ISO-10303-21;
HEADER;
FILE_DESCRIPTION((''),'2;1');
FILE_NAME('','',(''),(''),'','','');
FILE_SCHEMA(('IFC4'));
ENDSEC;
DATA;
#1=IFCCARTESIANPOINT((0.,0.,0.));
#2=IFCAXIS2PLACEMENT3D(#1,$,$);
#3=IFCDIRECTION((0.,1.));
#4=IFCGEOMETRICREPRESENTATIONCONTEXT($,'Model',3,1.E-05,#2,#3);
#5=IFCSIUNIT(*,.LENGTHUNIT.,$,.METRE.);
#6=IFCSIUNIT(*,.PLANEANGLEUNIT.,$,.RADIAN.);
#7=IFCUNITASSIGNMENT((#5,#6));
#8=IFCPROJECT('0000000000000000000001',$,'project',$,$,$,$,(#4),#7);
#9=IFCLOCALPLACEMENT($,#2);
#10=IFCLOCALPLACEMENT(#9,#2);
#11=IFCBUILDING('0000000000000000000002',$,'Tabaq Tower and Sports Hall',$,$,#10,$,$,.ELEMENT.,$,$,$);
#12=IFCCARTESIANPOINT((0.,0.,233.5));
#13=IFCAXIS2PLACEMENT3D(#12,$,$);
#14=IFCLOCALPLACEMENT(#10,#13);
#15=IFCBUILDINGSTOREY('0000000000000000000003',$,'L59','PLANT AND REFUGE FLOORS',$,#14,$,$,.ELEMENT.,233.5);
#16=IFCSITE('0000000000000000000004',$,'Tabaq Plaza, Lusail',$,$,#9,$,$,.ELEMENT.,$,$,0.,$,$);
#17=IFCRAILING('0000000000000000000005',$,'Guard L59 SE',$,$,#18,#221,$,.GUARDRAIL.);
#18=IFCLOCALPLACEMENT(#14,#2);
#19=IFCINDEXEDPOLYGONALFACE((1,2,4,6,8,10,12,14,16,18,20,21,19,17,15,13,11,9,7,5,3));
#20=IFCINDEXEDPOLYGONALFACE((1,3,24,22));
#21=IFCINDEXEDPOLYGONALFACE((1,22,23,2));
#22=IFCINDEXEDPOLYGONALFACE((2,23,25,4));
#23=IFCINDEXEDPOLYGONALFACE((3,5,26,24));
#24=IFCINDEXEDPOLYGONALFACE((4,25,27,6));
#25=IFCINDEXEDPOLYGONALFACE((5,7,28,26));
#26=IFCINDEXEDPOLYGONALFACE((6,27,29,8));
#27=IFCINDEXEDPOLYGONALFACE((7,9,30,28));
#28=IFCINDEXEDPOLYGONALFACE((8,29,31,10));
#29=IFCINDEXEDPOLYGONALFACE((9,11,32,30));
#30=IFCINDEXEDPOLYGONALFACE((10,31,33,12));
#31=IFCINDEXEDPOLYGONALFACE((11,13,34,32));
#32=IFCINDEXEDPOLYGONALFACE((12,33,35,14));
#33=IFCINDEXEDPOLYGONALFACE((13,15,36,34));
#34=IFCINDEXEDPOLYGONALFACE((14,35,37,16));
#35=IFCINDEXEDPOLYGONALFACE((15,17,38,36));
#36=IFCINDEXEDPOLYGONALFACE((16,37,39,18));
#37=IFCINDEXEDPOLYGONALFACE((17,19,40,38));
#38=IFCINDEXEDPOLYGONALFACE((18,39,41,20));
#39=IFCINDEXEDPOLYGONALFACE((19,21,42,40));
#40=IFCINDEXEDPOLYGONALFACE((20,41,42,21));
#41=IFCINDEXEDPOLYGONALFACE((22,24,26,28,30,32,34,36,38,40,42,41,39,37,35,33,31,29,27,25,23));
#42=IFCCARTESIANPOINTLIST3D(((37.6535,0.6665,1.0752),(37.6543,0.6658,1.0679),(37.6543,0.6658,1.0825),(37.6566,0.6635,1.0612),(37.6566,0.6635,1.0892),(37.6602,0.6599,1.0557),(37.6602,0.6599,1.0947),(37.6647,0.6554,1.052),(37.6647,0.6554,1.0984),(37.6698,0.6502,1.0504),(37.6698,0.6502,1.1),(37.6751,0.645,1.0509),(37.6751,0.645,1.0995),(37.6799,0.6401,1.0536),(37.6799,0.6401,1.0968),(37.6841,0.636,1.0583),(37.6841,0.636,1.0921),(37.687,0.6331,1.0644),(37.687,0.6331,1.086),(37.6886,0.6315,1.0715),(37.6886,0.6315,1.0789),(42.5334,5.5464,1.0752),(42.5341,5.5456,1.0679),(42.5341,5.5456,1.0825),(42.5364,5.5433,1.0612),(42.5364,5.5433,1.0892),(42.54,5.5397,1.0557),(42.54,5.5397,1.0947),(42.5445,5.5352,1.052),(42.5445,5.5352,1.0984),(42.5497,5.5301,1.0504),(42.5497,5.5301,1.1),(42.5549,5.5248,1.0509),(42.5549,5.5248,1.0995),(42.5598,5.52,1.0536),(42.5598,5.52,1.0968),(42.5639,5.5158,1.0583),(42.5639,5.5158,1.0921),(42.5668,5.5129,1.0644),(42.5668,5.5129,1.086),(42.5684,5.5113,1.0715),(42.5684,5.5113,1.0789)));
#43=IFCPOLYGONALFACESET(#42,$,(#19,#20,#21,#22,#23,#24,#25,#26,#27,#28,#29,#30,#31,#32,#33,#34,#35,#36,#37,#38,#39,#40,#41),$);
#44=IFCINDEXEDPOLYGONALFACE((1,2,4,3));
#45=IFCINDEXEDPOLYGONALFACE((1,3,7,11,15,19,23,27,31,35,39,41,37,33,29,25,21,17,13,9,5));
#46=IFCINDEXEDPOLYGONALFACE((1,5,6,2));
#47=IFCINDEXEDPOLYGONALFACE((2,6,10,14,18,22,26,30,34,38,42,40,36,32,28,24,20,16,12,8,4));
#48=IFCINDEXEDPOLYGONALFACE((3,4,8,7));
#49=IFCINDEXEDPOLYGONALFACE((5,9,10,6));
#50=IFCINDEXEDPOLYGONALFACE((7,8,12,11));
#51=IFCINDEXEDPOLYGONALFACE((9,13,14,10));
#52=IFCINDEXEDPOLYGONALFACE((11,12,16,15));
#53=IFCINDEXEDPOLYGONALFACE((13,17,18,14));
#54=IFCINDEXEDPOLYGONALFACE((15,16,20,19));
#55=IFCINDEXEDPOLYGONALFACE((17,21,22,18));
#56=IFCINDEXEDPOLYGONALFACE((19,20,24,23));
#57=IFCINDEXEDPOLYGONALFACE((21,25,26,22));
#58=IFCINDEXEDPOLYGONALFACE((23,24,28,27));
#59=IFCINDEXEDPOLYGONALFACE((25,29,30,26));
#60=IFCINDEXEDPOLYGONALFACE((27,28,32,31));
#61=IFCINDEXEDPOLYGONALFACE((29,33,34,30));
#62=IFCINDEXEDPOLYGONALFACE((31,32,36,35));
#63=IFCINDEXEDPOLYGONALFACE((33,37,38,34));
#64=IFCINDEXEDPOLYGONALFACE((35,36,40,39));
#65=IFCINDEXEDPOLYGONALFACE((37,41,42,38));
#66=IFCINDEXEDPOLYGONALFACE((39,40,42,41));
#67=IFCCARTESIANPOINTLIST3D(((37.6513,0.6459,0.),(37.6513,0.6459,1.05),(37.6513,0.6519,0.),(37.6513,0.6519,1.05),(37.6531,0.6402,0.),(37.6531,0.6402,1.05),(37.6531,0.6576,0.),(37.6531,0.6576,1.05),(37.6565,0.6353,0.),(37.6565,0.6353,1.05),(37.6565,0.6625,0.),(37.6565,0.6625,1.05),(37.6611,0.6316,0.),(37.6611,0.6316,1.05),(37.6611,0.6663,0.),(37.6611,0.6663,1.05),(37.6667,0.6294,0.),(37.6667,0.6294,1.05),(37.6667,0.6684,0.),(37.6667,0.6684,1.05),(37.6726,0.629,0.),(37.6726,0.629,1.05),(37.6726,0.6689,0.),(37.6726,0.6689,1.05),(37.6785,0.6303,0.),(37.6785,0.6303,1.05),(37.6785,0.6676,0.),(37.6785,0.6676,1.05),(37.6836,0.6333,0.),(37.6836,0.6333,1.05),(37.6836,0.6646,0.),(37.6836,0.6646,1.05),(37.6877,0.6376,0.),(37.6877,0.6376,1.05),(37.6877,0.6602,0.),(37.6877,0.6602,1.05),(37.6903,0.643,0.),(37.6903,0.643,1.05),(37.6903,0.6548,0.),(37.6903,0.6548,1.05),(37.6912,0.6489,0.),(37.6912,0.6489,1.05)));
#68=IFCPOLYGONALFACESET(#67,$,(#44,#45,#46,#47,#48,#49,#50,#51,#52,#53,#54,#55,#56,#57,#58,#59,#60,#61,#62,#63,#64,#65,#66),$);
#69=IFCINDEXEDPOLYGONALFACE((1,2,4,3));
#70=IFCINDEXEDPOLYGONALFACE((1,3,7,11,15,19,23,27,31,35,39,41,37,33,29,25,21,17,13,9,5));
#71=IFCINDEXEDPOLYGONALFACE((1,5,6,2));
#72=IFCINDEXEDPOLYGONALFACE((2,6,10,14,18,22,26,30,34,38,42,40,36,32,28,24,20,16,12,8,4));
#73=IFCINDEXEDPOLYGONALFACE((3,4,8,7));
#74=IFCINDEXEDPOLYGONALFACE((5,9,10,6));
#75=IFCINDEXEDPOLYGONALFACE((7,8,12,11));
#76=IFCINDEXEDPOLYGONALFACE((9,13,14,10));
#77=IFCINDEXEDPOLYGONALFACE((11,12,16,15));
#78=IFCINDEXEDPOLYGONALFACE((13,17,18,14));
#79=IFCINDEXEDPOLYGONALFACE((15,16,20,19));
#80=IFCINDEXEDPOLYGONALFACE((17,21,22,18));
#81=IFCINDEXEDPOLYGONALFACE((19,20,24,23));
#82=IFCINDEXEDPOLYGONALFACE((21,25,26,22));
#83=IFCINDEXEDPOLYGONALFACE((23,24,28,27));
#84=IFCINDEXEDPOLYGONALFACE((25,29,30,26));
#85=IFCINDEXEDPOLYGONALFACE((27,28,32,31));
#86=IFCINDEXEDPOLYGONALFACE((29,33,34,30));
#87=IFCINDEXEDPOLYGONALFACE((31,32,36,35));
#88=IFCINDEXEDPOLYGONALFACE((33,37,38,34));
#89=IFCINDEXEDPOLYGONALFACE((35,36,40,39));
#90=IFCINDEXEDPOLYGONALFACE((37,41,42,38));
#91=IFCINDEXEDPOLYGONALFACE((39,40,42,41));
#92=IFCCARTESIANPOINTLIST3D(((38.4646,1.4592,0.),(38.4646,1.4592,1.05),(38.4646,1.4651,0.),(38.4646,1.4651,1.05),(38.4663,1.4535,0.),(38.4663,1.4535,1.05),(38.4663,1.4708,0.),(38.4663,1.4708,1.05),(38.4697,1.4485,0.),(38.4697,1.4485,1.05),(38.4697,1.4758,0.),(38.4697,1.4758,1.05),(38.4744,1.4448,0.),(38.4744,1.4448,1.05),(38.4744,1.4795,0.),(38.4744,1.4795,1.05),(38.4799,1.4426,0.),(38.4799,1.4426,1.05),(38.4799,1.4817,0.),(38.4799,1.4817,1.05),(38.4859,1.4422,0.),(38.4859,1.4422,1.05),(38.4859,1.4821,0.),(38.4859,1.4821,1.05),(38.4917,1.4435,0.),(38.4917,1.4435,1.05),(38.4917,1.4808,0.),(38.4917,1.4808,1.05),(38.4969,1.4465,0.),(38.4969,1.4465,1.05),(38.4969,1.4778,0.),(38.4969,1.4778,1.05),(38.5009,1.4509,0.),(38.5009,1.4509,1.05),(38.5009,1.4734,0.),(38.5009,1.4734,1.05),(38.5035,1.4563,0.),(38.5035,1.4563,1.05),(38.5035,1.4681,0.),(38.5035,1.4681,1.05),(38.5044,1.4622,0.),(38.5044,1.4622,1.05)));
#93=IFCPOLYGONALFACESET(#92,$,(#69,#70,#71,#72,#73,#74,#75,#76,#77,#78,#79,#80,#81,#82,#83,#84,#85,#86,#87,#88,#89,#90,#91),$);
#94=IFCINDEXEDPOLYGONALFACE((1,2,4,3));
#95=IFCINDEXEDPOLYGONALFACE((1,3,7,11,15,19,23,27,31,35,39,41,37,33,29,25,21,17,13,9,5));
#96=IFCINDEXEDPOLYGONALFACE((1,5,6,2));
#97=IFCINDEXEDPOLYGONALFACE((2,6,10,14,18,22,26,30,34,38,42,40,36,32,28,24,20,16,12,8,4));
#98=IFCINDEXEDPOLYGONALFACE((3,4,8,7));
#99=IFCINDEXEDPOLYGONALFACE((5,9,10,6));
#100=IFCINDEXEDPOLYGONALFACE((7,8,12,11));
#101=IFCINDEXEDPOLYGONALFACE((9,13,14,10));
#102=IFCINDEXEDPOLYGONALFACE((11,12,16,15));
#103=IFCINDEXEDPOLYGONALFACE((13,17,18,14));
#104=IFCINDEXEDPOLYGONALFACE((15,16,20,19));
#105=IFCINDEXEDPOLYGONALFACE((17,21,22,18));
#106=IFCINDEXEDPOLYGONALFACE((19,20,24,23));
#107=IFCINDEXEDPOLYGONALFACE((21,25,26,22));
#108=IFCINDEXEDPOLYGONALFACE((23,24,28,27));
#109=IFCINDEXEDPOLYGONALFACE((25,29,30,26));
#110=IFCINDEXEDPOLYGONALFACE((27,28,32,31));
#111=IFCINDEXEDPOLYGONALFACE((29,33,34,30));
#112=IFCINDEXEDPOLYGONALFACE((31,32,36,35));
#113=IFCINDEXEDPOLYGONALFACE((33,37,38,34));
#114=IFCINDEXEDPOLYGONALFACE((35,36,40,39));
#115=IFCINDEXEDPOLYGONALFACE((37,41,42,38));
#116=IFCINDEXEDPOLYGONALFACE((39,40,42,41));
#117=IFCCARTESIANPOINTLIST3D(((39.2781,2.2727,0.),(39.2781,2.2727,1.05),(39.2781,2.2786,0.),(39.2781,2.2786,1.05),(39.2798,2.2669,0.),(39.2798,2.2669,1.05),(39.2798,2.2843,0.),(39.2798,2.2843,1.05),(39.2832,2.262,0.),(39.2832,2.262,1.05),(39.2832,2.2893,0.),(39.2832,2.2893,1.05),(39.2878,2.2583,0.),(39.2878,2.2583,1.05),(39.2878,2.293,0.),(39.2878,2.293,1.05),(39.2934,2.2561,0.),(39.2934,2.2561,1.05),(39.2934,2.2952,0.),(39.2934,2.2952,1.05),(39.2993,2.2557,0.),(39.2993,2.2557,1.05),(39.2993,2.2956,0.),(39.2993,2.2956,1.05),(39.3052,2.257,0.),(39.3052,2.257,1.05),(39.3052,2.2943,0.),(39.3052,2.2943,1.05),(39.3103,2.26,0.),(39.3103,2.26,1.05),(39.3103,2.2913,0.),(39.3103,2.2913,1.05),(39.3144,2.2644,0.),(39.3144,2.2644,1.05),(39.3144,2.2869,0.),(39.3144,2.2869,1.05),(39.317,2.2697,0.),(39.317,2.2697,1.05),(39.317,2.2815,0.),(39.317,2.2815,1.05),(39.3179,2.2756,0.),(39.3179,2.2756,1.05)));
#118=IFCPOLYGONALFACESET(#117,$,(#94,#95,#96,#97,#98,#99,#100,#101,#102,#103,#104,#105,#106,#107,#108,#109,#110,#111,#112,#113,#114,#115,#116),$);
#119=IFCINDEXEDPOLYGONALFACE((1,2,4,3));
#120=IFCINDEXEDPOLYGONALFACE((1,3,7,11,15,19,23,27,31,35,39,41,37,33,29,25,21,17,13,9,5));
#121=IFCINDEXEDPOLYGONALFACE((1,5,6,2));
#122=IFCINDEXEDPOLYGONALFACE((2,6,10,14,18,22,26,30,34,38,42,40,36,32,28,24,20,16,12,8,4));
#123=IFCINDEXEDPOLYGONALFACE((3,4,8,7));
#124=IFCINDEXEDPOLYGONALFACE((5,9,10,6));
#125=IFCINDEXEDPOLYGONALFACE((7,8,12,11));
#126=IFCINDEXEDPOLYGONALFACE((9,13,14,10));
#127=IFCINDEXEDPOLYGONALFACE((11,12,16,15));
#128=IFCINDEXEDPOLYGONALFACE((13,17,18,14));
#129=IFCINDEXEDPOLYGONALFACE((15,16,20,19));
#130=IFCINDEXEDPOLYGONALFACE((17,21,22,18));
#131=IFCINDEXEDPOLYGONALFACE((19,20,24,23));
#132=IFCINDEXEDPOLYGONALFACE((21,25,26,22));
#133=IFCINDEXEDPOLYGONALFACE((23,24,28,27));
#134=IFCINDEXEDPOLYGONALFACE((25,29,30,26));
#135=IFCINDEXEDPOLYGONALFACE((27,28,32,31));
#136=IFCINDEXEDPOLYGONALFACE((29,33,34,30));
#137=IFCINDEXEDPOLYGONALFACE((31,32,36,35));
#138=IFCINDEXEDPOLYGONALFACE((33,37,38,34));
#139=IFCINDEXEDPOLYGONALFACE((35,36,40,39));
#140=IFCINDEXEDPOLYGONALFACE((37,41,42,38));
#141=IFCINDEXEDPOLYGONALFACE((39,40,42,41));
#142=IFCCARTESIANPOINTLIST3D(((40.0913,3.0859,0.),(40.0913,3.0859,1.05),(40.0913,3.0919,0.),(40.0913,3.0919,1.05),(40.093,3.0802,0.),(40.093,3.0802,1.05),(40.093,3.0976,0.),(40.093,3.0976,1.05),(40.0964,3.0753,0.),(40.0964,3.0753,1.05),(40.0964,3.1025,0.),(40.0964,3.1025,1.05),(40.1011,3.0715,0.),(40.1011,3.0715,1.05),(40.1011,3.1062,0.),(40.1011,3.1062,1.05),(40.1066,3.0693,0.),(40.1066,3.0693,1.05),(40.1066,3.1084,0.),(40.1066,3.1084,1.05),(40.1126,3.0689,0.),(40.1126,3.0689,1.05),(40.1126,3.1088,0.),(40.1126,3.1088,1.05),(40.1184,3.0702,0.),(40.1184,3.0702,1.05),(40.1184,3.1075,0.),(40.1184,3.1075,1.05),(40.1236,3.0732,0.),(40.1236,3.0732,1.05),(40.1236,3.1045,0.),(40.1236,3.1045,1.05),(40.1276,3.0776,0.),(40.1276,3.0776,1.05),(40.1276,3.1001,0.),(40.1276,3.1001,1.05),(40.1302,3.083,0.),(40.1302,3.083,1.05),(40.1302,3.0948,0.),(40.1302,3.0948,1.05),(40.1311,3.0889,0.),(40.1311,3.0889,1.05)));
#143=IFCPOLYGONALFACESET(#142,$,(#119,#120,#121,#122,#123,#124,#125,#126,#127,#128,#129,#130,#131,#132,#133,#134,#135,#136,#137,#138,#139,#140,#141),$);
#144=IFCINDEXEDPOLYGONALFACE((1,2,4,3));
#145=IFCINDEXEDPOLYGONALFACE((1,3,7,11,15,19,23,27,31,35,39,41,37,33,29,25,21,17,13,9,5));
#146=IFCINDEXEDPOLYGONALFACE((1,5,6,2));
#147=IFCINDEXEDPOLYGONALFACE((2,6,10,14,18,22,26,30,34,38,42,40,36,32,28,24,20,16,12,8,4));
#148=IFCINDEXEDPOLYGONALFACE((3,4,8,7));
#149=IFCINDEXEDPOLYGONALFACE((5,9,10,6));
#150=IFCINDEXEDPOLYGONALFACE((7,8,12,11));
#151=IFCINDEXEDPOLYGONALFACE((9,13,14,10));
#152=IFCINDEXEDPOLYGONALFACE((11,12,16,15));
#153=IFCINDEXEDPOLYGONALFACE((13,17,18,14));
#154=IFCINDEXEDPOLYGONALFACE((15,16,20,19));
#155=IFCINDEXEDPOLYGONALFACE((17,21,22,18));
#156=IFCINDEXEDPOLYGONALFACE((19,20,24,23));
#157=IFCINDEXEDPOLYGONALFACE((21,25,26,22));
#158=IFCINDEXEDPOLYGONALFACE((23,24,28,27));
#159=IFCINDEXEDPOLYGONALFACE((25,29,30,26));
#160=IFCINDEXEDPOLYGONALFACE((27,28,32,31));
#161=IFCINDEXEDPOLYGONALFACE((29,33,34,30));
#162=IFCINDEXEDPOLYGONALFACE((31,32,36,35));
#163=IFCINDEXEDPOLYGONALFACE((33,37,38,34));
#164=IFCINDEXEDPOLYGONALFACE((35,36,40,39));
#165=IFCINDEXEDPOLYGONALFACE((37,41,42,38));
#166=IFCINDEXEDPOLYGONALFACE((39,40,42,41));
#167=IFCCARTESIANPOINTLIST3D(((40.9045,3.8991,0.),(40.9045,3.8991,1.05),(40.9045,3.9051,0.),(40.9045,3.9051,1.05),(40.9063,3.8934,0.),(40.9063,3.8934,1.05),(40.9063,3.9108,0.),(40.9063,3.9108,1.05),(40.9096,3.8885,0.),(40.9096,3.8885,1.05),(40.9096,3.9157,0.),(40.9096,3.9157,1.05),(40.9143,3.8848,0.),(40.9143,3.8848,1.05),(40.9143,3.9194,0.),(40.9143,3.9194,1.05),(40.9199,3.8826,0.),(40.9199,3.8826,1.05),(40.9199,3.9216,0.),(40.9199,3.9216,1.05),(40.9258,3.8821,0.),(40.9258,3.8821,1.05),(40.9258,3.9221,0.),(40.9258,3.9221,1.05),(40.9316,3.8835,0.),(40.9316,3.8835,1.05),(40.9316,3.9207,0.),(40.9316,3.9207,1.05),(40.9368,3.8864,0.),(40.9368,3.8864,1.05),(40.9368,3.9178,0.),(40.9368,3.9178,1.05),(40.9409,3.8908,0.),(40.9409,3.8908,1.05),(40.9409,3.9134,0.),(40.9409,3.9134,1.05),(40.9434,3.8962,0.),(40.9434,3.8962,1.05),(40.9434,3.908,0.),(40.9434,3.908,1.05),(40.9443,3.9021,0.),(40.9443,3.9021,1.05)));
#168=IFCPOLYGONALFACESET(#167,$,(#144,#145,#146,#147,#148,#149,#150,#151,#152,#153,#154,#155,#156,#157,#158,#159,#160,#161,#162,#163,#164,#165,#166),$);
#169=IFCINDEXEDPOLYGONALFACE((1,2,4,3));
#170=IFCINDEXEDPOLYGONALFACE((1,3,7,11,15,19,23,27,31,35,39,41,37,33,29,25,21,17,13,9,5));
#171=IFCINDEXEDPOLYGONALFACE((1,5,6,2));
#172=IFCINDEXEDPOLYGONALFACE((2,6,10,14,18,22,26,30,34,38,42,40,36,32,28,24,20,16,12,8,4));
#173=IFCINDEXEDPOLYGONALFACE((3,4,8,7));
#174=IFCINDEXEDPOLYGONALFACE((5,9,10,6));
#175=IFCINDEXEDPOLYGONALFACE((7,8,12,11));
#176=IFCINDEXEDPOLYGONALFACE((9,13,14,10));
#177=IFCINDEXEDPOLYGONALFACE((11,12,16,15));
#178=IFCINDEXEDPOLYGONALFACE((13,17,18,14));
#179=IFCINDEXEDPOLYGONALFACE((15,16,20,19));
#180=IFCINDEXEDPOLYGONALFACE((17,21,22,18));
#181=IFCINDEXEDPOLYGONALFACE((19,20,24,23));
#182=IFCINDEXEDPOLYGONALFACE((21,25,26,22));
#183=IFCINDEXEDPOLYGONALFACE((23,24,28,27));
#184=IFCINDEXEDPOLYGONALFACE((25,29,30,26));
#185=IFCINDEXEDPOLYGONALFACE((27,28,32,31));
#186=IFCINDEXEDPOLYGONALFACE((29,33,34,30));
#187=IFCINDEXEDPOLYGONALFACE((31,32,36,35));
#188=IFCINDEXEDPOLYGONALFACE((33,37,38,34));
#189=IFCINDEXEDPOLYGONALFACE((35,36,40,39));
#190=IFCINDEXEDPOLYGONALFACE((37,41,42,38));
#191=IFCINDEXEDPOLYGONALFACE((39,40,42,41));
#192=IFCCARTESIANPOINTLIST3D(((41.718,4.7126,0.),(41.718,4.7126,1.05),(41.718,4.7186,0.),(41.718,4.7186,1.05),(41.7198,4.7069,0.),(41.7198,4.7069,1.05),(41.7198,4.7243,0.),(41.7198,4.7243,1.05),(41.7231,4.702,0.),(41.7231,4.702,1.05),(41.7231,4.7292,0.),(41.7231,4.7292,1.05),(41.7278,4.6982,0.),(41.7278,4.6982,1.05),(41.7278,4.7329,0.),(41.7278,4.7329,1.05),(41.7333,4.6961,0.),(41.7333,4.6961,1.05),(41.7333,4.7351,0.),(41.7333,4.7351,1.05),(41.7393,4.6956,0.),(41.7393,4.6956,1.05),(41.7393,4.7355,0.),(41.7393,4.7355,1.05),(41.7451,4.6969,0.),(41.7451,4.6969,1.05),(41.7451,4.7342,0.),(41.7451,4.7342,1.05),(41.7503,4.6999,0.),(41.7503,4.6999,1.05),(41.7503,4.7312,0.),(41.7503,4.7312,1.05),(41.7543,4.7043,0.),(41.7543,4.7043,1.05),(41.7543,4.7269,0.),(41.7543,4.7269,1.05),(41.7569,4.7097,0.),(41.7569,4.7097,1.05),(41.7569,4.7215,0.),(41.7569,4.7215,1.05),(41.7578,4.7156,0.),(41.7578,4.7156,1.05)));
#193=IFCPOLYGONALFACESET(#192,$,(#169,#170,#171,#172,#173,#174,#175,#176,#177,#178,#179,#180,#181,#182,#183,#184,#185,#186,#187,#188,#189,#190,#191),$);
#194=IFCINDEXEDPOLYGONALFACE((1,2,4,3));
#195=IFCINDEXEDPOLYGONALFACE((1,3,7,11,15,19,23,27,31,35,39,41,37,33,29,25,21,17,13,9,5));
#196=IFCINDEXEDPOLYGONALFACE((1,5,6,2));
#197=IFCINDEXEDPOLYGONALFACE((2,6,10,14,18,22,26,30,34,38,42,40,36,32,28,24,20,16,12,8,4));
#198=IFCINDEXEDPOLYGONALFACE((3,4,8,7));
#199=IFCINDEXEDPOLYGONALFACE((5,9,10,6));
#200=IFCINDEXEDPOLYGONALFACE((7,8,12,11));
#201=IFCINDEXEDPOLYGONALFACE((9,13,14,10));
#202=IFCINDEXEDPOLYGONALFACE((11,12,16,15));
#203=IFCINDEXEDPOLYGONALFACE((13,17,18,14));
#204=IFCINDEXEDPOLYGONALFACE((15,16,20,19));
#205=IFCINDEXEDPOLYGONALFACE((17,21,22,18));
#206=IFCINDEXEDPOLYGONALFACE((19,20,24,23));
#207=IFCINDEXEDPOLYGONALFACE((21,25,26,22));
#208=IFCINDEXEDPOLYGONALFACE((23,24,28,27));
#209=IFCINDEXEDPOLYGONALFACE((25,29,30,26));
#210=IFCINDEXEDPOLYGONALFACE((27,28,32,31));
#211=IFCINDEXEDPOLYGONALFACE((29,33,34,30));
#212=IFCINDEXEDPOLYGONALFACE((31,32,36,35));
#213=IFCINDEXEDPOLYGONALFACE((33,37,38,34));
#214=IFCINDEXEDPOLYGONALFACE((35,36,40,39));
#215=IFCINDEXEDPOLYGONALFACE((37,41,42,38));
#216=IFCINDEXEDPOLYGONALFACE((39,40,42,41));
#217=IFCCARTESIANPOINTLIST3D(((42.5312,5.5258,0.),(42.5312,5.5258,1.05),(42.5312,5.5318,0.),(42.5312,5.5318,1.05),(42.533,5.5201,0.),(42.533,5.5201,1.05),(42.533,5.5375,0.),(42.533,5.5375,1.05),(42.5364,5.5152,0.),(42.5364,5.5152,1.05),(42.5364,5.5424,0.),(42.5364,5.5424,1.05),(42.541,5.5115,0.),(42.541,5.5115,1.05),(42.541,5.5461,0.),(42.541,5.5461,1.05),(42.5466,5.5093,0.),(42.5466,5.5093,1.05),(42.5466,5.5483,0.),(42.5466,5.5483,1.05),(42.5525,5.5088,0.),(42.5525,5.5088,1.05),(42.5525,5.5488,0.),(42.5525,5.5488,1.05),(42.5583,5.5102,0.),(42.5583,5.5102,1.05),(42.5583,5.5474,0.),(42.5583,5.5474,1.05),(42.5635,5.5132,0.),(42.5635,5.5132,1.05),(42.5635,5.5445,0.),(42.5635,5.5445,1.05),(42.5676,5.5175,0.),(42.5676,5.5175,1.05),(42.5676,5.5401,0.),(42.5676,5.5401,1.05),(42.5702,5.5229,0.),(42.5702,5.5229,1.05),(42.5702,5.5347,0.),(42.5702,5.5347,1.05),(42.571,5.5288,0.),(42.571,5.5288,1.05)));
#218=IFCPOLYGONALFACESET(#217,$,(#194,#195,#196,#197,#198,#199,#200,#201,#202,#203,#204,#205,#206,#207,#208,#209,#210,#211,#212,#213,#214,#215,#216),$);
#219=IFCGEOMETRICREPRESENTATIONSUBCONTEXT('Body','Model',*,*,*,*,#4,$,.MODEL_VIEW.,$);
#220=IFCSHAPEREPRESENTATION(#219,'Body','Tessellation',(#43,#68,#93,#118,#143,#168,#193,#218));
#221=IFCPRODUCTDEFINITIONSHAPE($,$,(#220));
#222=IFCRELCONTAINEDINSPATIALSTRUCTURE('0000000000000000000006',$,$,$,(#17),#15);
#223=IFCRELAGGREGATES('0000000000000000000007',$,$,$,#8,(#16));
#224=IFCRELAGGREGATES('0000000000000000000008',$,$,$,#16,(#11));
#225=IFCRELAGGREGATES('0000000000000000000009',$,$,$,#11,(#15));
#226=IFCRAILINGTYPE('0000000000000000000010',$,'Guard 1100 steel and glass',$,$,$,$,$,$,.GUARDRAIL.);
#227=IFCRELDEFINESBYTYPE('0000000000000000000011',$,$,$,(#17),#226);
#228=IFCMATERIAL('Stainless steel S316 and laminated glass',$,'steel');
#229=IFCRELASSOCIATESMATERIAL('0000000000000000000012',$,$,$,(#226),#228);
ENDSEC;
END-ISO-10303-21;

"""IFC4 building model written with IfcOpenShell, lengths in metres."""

from ifc_helpers import new_model, si_unit, direction, frame, origin, origin_2d, place, context, subcontext, project, spatial, circle, extrude, material, type_object, element, save


model = new_model("IFC4")

# Units and contexts
model_context = context("Model", 3, precision=1e-05, world=origin(), true_north=direction((0.0, 1.0)))
body_context = subcontext(model_context, "Body", "Model", "MODEL_VIEW")
ifc_project = project(units=[si_unit("LENGTHUNIT", "METRE"), si_unit("PLANEANGLEUNIT", "RADIAN")], contexts=[model_context])

# Site, building, storey
site_placement = place(None, origin())
site = spatial("IfcSite", under=ifc_project, at=site_placement, Name="Tabaq Plaza, Lusail", CompositionType="ELEMENT", RefElevation=0.0)
building_placement = place(site_placement, origin())
building = spatial("IfcBuilding", under=site, at=building_placement, Name="Tabaq Tower and Sports Hall", CompositionType="ELEMENT")
storey_placement = place(building_placement, frame((0.0, 0.0, 233.5)))
storey = spatial("IfcBuildingStorey", under=building, at=storey_placement, Name="L59", Description="PLANT AND REFUGE FLOORS", CompositionType="ELEMENT", Elevation=233.5)

# Railing
ifc_material_1 = material(Name="Stainless steel S316 and laminated glass", Category="steel")
railing_type = type_object("IfcRailingType", Name="Guard 1100 steel and glass", PredefinedType="GUARDRAIL", material=ifc_material_1)
railing_1_placement = place(storey_placement, frame((37.6711, 0.6489, 0.0)))
element("IfcRailing", 1, at=railing_1_placement, inside=storey, type_object=railing_type, Name="Guard L59 SE", PredefinedType="GUARDRAIL", context=body_context, shape_type="SweptSolid", body=[
    extrude(circle(Radius=0.0249, at=origin_2d()), frame((0.0, 0.0, 1.0752), z_axis=(0.707107, 0.707107, 0.0), x_axis=(-0.707107, 0.707107, 0.0)), (0.0, 0.0, 1.0), 6.9011),
    extrude(circle(Radius=0.02, at=origin_2d()), origin(), (0.0, 0.0, 1.0), 1.05),
    extrude(circle(Radius=0.02, at=origin_2d()), frame((0.8132, 0.8132, 0.0)), (0.0, 0.0, 1.0), 1.05),
    extrude(circle(Radius=0.02, at=origin_2d()), frame((1.6267, 1.6267, 0.0)), (0.0, 0.0, 1.0), 1.05),
    extrude(circle(Radius=0.02, at=origin_2d()), frame((2.4399, 2.4399, 0.0)), (0.0, 0.0, 1.0), 1.05),
    extrude(circle(Radius=0.02, at=origin_2d()), frame((3.2532, 3.2532, 0.0)), (0.0, 0.0, 1.0), 1.05),
    extrude(circle(Radius=0.02, at=origin_2d()), frame((4.0667, 4.0667, 0.0)), (0.0, 0.0, 1.0), 1.05),
    extrude(circle(Radius=0.02, at=origin_2d()), frame((4.8799, 4.8799, 0.0)), (0.0, 0.0, 1.0), 1.05),
])

save(model, "model.ifc")
